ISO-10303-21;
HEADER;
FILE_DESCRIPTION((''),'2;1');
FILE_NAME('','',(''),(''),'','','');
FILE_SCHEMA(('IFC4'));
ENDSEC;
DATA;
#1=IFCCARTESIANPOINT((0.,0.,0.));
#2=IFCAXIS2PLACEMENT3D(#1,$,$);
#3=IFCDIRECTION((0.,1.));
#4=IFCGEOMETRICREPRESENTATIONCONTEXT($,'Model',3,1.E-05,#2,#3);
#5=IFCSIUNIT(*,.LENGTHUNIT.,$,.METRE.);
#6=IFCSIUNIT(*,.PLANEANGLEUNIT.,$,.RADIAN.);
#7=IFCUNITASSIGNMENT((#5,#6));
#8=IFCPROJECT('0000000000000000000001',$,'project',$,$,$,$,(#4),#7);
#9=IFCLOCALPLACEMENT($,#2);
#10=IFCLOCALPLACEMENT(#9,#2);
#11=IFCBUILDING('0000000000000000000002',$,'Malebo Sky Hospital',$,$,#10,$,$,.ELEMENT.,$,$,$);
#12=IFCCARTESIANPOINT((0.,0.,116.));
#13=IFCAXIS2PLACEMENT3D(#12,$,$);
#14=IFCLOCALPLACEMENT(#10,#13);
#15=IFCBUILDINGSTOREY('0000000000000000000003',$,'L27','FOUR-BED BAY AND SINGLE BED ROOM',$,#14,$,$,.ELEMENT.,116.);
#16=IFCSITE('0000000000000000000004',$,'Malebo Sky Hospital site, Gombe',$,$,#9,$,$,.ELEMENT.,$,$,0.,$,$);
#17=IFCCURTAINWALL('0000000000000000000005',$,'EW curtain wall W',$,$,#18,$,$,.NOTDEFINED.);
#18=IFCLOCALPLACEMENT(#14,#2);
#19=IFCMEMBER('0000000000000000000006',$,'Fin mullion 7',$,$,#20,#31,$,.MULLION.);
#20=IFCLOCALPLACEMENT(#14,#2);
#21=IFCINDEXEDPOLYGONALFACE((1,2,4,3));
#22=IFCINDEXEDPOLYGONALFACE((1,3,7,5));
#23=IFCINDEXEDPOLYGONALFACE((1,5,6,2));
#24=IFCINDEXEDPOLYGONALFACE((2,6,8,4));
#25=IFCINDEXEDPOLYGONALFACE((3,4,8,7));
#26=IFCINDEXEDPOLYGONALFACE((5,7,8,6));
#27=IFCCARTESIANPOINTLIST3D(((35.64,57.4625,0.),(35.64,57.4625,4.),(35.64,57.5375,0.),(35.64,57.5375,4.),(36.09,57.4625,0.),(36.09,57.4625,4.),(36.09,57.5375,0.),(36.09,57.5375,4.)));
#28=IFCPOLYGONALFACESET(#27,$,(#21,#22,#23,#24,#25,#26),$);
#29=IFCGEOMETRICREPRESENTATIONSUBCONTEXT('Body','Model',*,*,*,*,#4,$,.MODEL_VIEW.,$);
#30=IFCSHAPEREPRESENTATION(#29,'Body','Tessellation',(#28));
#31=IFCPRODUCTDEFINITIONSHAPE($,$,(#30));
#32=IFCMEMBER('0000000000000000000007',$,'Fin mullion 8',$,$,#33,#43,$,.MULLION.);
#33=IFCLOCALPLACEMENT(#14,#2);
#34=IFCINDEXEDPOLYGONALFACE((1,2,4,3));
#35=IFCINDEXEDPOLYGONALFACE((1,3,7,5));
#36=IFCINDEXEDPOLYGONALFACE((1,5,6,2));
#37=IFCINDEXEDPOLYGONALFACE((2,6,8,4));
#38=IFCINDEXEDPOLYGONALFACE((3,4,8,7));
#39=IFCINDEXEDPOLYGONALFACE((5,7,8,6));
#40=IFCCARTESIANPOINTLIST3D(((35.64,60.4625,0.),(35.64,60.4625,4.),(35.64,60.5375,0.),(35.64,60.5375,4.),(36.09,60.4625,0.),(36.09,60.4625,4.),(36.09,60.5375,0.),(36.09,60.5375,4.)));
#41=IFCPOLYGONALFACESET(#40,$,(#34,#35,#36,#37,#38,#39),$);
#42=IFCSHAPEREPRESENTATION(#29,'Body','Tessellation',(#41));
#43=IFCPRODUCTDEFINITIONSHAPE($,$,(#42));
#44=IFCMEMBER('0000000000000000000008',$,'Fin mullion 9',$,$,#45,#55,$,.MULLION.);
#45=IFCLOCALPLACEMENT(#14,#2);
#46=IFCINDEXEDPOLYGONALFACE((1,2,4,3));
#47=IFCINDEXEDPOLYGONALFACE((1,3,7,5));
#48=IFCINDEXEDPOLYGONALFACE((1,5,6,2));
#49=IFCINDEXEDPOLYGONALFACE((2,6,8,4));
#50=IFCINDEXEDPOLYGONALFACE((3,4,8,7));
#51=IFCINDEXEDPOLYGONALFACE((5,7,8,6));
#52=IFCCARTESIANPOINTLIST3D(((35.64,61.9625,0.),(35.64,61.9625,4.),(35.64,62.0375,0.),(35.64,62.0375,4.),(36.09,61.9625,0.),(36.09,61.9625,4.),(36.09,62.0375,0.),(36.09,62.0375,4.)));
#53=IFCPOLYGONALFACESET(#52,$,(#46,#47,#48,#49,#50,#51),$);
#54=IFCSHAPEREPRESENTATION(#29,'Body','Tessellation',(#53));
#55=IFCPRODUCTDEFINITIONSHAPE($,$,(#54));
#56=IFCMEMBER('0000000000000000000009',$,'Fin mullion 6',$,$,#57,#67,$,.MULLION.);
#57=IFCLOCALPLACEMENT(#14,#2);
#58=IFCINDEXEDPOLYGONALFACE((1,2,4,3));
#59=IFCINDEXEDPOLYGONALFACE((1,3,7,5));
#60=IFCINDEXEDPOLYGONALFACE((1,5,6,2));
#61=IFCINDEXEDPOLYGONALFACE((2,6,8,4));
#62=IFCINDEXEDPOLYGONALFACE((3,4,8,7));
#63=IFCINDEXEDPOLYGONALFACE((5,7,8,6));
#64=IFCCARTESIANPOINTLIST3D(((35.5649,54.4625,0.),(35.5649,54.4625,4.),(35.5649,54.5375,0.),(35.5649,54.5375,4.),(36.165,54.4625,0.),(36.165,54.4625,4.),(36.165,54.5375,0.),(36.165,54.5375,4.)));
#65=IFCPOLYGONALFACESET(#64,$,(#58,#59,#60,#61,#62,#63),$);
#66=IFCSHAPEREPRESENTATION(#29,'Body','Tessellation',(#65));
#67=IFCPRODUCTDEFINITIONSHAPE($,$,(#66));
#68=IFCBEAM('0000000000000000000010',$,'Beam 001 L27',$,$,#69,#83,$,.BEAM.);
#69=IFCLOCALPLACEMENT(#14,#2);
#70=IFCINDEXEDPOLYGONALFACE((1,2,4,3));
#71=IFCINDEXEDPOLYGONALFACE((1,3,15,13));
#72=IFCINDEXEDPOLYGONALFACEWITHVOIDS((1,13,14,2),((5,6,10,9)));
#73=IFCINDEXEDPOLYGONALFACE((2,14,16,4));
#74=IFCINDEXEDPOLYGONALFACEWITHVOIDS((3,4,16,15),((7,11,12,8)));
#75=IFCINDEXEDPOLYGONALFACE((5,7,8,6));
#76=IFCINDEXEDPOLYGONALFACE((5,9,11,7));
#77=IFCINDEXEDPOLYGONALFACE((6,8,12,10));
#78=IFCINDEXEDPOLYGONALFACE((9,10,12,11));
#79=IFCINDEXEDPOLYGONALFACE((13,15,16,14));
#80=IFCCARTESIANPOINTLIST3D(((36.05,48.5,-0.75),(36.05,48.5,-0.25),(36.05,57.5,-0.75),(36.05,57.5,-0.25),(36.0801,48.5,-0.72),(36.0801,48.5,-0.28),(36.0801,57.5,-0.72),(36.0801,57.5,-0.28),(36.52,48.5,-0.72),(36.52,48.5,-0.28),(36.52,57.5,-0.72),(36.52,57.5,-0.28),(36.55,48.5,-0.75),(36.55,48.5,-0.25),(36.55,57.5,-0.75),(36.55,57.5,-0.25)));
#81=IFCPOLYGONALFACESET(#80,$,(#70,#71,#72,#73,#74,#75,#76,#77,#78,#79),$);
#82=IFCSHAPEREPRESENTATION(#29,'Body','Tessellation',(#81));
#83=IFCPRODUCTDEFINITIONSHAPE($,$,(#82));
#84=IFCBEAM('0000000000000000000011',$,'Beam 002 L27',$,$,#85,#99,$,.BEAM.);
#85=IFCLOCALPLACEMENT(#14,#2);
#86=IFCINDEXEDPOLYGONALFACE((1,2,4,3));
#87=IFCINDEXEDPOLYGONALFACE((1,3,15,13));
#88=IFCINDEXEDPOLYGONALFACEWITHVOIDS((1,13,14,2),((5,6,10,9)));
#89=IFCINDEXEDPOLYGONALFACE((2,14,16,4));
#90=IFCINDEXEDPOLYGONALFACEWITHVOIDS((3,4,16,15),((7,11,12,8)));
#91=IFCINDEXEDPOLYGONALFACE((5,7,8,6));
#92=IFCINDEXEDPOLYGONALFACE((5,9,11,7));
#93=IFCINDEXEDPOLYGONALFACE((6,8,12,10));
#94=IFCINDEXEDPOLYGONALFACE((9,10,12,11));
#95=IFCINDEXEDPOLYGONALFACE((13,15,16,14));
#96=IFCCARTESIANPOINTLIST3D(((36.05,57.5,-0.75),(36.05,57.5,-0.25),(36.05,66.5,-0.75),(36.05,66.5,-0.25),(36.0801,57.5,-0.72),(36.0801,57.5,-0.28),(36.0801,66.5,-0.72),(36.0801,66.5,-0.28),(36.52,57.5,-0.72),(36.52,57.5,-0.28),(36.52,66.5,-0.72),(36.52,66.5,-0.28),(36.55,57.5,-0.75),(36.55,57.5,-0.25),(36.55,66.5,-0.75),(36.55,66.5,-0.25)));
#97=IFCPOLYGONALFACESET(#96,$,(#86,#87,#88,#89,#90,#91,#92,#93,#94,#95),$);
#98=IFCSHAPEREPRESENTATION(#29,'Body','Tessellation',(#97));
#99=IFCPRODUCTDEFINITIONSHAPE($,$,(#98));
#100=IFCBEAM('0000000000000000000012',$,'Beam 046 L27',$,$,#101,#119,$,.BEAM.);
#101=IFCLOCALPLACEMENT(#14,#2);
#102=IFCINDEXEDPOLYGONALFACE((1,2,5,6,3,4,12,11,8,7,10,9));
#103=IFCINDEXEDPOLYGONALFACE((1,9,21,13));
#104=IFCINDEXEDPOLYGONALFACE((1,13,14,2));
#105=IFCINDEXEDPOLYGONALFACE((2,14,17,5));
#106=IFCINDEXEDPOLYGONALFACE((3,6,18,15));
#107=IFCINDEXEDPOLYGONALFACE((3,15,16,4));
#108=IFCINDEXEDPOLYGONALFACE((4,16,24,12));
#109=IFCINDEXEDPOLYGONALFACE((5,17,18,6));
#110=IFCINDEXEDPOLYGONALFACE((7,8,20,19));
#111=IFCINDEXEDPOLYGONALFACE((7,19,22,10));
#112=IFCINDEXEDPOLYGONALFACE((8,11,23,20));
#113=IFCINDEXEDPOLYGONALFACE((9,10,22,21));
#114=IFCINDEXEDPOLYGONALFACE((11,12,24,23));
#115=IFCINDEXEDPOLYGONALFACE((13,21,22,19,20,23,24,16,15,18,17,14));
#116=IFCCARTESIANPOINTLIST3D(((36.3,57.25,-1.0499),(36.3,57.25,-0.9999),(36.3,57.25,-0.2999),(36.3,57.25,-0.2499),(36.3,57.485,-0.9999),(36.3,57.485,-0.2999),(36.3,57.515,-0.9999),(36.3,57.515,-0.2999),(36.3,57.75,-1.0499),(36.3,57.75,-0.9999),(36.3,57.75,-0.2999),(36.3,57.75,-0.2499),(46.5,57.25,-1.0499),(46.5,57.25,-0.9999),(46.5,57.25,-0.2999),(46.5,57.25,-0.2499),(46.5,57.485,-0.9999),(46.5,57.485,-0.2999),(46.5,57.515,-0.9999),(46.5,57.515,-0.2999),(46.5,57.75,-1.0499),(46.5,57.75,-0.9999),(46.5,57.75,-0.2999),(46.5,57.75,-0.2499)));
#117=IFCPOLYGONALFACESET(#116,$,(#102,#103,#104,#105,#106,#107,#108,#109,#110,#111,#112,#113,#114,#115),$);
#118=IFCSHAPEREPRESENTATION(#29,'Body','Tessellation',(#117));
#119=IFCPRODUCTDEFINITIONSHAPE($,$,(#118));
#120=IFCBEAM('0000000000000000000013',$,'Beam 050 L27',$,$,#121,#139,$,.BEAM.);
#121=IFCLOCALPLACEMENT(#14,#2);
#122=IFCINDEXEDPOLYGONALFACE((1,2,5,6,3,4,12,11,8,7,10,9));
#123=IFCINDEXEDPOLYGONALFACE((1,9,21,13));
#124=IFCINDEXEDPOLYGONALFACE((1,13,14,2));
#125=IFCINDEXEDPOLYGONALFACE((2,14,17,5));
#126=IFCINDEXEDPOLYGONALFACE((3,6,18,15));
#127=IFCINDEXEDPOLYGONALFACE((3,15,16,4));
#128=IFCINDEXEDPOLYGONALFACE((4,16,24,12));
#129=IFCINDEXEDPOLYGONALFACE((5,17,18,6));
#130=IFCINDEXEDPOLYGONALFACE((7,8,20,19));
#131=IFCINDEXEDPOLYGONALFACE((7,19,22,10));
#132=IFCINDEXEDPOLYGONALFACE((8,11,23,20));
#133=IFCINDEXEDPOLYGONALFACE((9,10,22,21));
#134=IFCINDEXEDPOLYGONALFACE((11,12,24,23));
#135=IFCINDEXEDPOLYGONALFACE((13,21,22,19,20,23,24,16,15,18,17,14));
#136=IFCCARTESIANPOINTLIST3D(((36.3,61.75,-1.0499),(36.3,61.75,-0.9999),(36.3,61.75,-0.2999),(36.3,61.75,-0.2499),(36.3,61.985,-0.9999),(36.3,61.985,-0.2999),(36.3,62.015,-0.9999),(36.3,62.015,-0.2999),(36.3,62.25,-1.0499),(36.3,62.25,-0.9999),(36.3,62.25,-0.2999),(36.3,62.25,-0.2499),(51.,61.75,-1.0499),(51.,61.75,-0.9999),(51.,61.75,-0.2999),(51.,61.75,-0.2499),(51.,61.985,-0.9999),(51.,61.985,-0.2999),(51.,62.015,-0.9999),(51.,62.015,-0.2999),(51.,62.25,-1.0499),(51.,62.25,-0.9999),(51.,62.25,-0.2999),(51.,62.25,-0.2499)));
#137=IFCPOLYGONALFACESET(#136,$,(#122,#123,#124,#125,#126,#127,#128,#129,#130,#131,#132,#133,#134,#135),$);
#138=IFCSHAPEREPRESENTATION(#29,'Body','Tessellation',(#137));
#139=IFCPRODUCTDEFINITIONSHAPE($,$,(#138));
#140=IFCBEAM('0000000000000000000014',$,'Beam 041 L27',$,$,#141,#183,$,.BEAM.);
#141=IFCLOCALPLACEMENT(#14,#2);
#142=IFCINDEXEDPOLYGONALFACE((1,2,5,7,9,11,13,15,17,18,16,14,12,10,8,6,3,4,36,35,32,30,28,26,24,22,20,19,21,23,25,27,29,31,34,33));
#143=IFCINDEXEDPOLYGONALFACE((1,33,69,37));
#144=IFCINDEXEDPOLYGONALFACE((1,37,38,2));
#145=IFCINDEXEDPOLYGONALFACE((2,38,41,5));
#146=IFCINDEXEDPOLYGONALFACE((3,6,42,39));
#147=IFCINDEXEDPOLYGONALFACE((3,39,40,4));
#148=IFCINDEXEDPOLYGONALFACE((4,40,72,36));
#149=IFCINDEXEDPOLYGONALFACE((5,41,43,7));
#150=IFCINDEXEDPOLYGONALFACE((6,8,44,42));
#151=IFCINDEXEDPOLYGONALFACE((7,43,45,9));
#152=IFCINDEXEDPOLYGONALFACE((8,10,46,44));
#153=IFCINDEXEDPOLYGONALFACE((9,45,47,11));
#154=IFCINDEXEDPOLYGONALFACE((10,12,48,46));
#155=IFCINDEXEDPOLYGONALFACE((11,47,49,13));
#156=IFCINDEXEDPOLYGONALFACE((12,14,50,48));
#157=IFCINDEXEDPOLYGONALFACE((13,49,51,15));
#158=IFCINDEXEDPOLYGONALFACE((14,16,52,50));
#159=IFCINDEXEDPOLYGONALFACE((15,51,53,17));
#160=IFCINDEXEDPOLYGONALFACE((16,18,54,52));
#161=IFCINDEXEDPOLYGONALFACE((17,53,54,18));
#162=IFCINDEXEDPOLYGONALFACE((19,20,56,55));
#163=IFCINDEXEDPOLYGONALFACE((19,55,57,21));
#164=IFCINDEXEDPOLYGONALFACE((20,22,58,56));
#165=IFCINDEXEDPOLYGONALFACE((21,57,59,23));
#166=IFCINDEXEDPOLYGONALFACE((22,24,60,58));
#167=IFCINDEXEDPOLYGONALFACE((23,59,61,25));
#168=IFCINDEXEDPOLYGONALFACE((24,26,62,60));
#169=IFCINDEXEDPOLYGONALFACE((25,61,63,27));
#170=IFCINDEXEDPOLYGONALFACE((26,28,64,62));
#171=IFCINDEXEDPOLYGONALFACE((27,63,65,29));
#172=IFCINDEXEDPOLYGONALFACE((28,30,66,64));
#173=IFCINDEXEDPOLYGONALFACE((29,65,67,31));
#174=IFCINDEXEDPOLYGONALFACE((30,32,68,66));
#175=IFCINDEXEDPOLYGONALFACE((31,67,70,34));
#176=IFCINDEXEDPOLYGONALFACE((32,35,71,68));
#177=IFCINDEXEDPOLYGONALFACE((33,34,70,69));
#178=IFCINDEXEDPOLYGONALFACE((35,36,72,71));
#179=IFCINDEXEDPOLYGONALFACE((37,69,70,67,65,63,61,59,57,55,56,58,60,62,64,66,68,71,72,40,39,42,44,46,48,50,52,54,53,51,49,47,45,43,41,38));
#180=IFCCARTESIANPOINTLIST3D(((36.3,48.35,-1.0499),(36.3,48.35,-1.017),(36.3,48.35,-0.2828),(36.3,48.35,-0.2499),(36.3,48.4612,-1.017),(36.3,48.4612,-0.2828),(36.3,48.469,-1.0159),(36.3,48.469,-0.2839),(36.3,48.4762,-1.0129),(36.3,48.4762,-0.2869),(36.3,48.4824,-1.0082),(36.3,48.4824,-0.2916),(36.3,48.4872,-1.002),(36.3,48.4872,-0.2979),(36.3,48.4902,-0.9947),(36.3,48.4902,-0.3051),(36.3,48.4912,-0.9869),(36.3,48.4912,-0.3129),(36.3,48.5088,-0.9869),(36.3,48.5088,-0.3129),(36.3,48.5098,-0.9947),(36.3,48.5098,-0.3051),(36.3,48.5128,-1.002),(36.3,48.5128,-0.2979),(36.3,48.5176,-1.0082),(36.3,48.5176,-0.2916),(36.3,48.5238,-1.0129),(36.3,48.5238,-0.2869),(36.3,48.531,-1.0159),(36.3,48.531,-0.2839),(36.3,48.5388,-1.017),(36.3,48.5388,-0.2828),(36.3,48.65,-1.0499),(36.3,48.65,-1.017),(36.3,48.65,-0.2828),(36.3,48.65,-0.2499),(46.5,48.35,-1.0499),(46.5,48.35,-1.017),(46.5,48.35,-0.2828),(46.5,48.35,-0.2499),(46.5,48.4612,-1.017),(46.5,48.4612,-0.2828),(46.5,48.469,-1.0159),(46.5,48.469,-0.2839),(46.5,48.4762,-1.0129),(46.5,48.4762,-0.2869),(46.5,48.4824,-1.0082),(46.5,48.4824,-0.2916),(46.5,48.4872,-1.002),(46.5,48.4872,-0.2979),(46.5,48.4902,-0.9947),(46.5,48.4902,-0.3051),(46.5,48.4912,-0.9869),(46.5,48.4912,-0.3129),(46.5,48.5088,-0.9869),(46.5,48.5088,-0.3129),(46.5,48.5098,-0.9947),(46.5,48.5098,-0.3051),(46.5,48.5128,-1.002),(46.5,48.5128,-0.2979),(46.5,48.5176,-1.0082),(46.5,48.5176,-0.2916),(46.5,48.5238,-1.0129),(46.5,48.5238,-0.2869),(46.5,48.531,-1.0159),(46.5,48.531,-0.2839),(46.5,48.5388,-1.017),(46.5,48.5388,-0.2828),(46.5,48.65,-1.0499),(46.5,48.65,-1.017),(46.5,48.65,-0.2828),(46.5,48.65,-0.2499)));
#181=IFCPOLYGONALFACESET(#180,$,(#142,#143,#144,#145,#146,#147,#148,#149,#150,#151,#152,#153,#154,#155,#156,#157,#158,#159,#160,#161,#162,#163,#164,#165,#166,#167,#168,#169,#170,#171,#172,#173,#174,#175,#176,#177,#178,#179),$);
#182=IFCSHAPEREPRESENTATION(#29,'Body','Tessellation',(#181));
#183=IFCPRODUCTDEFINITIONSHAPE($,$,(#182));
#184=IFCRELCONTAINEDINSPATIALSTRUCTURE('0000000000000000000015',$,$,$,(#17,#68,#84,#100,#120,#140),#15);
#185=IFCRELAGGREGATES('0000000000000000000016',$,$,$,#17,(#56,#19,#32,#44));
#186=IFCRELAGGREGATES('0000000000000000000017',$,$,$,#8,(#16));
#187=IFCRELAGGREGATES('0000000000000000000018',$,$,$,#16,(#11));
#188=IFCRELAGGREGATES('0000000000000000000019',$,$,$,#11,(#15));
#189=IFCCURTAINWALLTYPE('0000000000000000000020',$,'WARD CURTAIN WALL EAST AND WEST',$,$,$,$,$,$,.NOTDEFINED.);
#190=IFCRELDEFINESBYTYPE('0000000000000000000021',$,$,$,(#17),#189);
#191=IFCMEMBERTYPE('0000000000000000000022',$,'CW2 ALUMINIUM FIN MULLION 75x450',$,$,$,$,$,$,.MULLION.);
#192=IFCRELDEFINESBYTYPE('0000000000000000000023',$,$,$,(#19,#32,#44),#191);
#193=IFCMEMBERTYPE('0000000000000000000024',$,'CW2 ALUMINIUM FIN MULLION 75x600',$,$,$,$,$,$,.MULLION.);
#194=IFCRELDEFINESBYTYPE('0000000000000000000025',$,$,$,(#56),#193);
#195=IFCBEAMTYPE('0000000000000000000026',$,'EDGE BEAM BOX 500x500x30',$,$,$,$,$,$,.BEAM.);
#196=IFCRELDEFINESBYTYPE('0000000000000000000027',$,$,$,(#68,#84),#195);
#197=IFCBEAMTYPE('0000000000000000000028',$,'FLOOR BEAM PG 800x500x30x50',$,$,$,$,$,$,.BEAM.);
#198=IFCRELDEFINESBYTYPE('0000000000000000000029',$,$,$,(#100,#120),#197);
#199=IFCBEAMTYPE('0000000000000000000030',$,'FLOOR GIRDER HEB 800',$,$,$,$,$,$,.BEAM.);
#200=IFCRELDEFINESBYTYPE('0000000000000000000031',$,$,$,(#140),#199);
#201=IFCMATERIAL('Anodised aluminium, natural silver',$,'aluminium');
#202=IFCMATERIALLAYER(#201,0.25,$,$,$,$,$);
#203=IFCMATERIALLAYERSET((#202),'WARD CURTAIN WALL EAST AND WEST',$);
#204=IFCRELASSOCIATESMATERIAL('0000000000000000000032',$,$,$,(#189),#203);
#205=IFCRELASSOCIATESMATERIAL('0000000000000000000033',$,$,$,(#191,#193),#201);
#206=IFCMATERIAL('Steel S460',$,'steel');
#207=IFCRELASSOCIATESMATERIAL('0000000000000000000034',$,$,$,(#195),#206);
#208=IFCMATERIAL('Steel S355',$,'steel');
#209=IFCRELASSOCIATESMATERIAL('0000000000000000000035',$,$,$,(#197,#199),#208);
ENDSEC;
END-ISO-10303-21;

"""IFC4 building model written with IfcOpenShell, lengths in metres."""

from ifc_helpers import new_model, si_unit, direction, frame, origin, origin_2d, place, context, subcontext, project, spatial, rectangle, hollow_rectangle, i_section, extrude, material, layer, layer_set, material_profile, profile_set, type_object, element, aggregate, save


model = new_model("IFC4")

# Units and contexts
model_context = context("Model", 3, precision=1e-05, world=origin(), true_north=direction((0.0, 1.0)))
body_context = subcontext(model_context, "Body", "Model", "MODEL_VIEW")
ifc_project = project(units=[si_unit("LENGTHUNIT", "METRE"), si_unit("PLANEANGLEUNIT", "RADIAN")], contexts=[model_context])

# Site, building, storey
site_placement = place(None, origin())
site = spatial("IfcSite", under=ifc_project, at=site_placement, Name="Malebo Sky Hospital site, Gombe", CompositionType="ELEMENT", RefElevation=0.0)
building_placement = place(site_placement, origin())
building = spatial("IfcBuilding", under=site, at=building_placement, Name="Malebo Sky Hospital", CompositionType="ELEMENT")
storey_placement = place(building_placement, frame((0.0, 0.0, 116.0)))
storey = spatial("IfcBuildingStorey", under=building, at=storey_placement, Name="L27", Description="FOUR-BED BAY AND SINGLE BED ROOM", CompositionType="ELEMENT", Elevation=116.0)

# Shared definitions
ifc_material_1 = material(Name="Steel S460", Category="steel")

# Curtain wall
ifc_material_2 = material(Name="Anodised aluminium, natural silver", Category="aluminium")
ifc_layer_1 = layer(ifc_material_2, 0.25)
ifc_layer_set_1 = layer_set([ifc_layer_1], Name="WARD CURTAIN WALL EAST AND WEST")
curtain_wall_type = type_object("IfcCurtainWallType", Name="WARD CURTAIN WALL EAST AND WEST", PredefinedType="NOTDEFINED", material=ifc_layer_set_1)
curtain_wall_placement = place(storey_placement, origin())
curtain_wall = element("IfcCurtainWall", 1, at=curtain_wall_placement, inside=storey, type_object=curtain_wall_type, Name="EW curtain wall W", PredefinedType="NOTDEFINED")

# Members
ifc_material_3 = material(Name="Steel S355", Category="steel")
ifc_material_profile_1 = material_profile(ifc_material_2, rectangle(XDim=0.075, YDim=0.45, at=origin_2d()), Name="CW2 ALUMINIUM FIN MULLION 75x450")
ifc_profile_set_1 = profile_set([ifc_material_profile_1], Name="Anodised aluminium, natural silver")
member_type_1 = type_object("IfcMemberType", Name="CW2 ALUMINIUM FIN MULLION 75x450", PredefinedType="MULLION", material=ifc_profile_set_1)
member_1_placement = place(storey_placement, frame((35.865, 57.5, 0.0), z_axis=(0.0, 0.0, 1.0), x_axis=(0.0, 1.0, 0.0)))
member_1 = element("IfcMember", 2, at=member_1_placement, type_object=member_type_1, Name="Fin mullion 7", PredefinedType="MULLION", context=body_context, shape_type="SweptSolid", body=[
    extrude(rectangle(XDim=0.075, YDim=0.45, at=origin_2d()), origin(), (0.0, 0.0, 1.0), 4.0),
])
member_2_placement = place(storey_placement, frame((35.865, 60.5, 0.0), z_axis=(0.0, 0.0, 1.0), x_axis=(0.0, 1.0, 0.0)))
member_2 = element("IfcMember", 3, at=member_2_placement, type_object=member_type_1, Name="Fin mullion 8", PredefinedType="MULLION", context=body_context, shape_type="SweptSolid", body=[
    extrude(rectangle(XDim=0.075, YDim=0.45, at=origin_2d()), origin(), (0.0, 0.0, 1.0), 4.0),
])
member_3_placement = place(storey_placement, frame((35.865, 62.0, 0.0), z_axis=(0.0, 0.0, 1.0), x_axis=(0.0, 1.0, 0.0)))
member_3 = element("IfcMember", 4, at=member_3_placement, type_object=member_type_1, Name="Fin mullion 9", PredefinedType="MULLION", context=body_context, shape_type="SweptSolid", body=[
    extrude(rectangle(XDim=0.075, YDim=0.45, at=origin_2d()), origin(), (0.0, 0.0, 1.0), 4.0),
])
ifc_material_profile_2 = material_profile(ifc_material_2, rectangle(XDim=0.075, YDim=0.6001, at=origin_2d()), Name="CW2 ALUMINIUM FIN MULLION 75x600")
ifc_profile_set_2 = profile_set([ifc_material_profile_2], Name="Anodised aluminium, natural silver")
member_type_2 = type_object("IfcMemberType", Name="CW2 ALUMINIUM FIN MULLION 75x600", PredefinedType="MULLION", material=ifc_profile_set_2)
member_4_placement = place(storey_placement, frame((35.865, 54.5, 0.0), z_axis=(0.0, 0.0, 1.0), x_axis=(0.0, 1.0, 0.0)))
member_4 = element("IfcMember", 5, at=member_4_placement, type_object=member_type_2, Name="Fin mullion 6", PredefinedType="MULLION", context=body_context, shape_type="SweptSolid", body=[
    extrude(rectangle(XDim=0.075, YDim=0.6001, at=origin_2d()), origin(), (0.0, 0.0, 1.0), 4.0),
])

# Beams
ifc_material_profile_3 = material_profile(ifc_material_1, hollow_rectangle(XDim=0.5, YDim=0.5, WallThickness=0.03, at=origin_2d()), Name="BOX 500x500x30")
ifc_profile_set_3 = profile_set([ifc_material_profile_3], Name="Steel S460")
beam_type_1 = type_object("IfcBeamType", Name="EDGE BEAM BOX 500x500x30", PredefinedType="BEAM", material=ifc_profile_set_3)
for number, where, z_axis, x_axis, name in (
    (6, (36.3, 48.5, -0.5), (0.0, 1.0, 0.0), (-1.0, 0.0, 0.0), "Beam 001 L27"),
    (7, (36.3, 57.5, -0.5), (0.0, 1.0, 0.0), (-1.0, 0.0, 0.0), "Beam 002 L27"),
):
    element("IfcBeam", number, at=place(storey_placement, frame(where, z_axis=z_axis, x_axis=x_axis)), inside=storey, type_object=beam_type_1, Name=name, PredefinedType="BEAM", context=body_context, shape_type="SweptSolid", body=[
        extrude(hollow_rectangle(XDim=0.5, YDim=0.5, WallThickness=0.03, at=origin_2d()), origin(), (0.0, 0.0, 1.0), 9.0),
    ])
ifc_material_profile_4 = material_profile(ifc_material_3, i_section(OverallWidth=0.5, OverallDepth=0.8, WebThickness=0.03, FlangeThickness=0.05, at=origin_2d()), Name="PG 800x500x30x50")
ifc_profile_set_4 = profile_set([ifc_material_profile_4], Name="Steel S355")
beam_type_2 = type_object("IfcBeamType", Name="FLOOR BEAM PG 800x500x30x50", PredefinedType="BEAM", material=ifc_profile_set_4)
beam_1_placement = place(storey_placement, frame((36.3, 57.5, -0.6499), z_axis=(1.0, 0.0, 0.0), x_axis=(0.0, 1.0, 0.0)))
element("IfcBeam", 8, at=beam_1_placement, inside=storey, type_object=beam_type_2, Name="Beam 046 L27", PredefinedType="BEAM", context=body_context, shape_type="SweptSolid", body=[
    extrude(i_section(OverallWidth=0.5, OverallDepth=0.8, WebThickness=0.03, FlangeThickness=0.05, at=origin_2d()), origin(), (0.0, 0.0, 1.0), 10.2),
])
beam_2_placement = place(storey_placement, frame((36.3, 62.0, -0.6499), z_axis=(1.0, 0.0, 0.0), x_axis=(0.0, 1.0, 0.0)))
element("IfcBeam", 9, at=beam_2_placement, inside=storey, type_object=beam_type_2, Name="Beam 050 L27", PredefinedType="BEAM", context=body_context, shape_type="SweptSolid", body=[
    extrude(i_section(OverallWidth=0.5, OverallDepth=0.8, WebThickness=0.03, FlangeThickness=0.05, at=origin_2d()), origin(), (0.0, 0.0, 1.0), 14.7),
])
ifc_material_profile_5 = material_profile(ifc_material_3, i_section(OverallWidth=0.3, OverallDepth=0.8, WebThickness=0.0176, FlangeThickness=0.033, FilletRadius=0.03, at=origin_2d()), Name="HEB 800")
ifc_profile_set_5 = profile_set([ifc_material_profile_5], Name="Steel S355")
beam_type_3 = type_object("IfcBeamType", Name="FLOOR GIRDER HEB 800", PredefinedType="BEAM", material=ifc_profile_set_5)
beam_3_placement = place(storey_placement, frame((36.3, 48.5, -0.6499), z_axis=(1.0, 0.0, 0.0), x_axis=(0.0, 1.0, 0.0)))
element("IfcBeam", 10, at=beam_3_placement, inside=storey, type_object=beam_type_3, Name="Beam 041 L27", PredefinedType="BEAM", context=body_context, shape_type="SweptSolid", body=[
    extrude(i_section(OverallWidth=0.3, OverallDepth=0.8, WebThickness=0.0176, FlangeThickness=0.033, FilletRadius=0.03, at=origin_2d()), origin(), (0.0, 0.0, 1.0), 10.2),
])

aggregate(curtain_wall, [member_4, member_1, member_2, member_3])

save(model, "model.ifc")
